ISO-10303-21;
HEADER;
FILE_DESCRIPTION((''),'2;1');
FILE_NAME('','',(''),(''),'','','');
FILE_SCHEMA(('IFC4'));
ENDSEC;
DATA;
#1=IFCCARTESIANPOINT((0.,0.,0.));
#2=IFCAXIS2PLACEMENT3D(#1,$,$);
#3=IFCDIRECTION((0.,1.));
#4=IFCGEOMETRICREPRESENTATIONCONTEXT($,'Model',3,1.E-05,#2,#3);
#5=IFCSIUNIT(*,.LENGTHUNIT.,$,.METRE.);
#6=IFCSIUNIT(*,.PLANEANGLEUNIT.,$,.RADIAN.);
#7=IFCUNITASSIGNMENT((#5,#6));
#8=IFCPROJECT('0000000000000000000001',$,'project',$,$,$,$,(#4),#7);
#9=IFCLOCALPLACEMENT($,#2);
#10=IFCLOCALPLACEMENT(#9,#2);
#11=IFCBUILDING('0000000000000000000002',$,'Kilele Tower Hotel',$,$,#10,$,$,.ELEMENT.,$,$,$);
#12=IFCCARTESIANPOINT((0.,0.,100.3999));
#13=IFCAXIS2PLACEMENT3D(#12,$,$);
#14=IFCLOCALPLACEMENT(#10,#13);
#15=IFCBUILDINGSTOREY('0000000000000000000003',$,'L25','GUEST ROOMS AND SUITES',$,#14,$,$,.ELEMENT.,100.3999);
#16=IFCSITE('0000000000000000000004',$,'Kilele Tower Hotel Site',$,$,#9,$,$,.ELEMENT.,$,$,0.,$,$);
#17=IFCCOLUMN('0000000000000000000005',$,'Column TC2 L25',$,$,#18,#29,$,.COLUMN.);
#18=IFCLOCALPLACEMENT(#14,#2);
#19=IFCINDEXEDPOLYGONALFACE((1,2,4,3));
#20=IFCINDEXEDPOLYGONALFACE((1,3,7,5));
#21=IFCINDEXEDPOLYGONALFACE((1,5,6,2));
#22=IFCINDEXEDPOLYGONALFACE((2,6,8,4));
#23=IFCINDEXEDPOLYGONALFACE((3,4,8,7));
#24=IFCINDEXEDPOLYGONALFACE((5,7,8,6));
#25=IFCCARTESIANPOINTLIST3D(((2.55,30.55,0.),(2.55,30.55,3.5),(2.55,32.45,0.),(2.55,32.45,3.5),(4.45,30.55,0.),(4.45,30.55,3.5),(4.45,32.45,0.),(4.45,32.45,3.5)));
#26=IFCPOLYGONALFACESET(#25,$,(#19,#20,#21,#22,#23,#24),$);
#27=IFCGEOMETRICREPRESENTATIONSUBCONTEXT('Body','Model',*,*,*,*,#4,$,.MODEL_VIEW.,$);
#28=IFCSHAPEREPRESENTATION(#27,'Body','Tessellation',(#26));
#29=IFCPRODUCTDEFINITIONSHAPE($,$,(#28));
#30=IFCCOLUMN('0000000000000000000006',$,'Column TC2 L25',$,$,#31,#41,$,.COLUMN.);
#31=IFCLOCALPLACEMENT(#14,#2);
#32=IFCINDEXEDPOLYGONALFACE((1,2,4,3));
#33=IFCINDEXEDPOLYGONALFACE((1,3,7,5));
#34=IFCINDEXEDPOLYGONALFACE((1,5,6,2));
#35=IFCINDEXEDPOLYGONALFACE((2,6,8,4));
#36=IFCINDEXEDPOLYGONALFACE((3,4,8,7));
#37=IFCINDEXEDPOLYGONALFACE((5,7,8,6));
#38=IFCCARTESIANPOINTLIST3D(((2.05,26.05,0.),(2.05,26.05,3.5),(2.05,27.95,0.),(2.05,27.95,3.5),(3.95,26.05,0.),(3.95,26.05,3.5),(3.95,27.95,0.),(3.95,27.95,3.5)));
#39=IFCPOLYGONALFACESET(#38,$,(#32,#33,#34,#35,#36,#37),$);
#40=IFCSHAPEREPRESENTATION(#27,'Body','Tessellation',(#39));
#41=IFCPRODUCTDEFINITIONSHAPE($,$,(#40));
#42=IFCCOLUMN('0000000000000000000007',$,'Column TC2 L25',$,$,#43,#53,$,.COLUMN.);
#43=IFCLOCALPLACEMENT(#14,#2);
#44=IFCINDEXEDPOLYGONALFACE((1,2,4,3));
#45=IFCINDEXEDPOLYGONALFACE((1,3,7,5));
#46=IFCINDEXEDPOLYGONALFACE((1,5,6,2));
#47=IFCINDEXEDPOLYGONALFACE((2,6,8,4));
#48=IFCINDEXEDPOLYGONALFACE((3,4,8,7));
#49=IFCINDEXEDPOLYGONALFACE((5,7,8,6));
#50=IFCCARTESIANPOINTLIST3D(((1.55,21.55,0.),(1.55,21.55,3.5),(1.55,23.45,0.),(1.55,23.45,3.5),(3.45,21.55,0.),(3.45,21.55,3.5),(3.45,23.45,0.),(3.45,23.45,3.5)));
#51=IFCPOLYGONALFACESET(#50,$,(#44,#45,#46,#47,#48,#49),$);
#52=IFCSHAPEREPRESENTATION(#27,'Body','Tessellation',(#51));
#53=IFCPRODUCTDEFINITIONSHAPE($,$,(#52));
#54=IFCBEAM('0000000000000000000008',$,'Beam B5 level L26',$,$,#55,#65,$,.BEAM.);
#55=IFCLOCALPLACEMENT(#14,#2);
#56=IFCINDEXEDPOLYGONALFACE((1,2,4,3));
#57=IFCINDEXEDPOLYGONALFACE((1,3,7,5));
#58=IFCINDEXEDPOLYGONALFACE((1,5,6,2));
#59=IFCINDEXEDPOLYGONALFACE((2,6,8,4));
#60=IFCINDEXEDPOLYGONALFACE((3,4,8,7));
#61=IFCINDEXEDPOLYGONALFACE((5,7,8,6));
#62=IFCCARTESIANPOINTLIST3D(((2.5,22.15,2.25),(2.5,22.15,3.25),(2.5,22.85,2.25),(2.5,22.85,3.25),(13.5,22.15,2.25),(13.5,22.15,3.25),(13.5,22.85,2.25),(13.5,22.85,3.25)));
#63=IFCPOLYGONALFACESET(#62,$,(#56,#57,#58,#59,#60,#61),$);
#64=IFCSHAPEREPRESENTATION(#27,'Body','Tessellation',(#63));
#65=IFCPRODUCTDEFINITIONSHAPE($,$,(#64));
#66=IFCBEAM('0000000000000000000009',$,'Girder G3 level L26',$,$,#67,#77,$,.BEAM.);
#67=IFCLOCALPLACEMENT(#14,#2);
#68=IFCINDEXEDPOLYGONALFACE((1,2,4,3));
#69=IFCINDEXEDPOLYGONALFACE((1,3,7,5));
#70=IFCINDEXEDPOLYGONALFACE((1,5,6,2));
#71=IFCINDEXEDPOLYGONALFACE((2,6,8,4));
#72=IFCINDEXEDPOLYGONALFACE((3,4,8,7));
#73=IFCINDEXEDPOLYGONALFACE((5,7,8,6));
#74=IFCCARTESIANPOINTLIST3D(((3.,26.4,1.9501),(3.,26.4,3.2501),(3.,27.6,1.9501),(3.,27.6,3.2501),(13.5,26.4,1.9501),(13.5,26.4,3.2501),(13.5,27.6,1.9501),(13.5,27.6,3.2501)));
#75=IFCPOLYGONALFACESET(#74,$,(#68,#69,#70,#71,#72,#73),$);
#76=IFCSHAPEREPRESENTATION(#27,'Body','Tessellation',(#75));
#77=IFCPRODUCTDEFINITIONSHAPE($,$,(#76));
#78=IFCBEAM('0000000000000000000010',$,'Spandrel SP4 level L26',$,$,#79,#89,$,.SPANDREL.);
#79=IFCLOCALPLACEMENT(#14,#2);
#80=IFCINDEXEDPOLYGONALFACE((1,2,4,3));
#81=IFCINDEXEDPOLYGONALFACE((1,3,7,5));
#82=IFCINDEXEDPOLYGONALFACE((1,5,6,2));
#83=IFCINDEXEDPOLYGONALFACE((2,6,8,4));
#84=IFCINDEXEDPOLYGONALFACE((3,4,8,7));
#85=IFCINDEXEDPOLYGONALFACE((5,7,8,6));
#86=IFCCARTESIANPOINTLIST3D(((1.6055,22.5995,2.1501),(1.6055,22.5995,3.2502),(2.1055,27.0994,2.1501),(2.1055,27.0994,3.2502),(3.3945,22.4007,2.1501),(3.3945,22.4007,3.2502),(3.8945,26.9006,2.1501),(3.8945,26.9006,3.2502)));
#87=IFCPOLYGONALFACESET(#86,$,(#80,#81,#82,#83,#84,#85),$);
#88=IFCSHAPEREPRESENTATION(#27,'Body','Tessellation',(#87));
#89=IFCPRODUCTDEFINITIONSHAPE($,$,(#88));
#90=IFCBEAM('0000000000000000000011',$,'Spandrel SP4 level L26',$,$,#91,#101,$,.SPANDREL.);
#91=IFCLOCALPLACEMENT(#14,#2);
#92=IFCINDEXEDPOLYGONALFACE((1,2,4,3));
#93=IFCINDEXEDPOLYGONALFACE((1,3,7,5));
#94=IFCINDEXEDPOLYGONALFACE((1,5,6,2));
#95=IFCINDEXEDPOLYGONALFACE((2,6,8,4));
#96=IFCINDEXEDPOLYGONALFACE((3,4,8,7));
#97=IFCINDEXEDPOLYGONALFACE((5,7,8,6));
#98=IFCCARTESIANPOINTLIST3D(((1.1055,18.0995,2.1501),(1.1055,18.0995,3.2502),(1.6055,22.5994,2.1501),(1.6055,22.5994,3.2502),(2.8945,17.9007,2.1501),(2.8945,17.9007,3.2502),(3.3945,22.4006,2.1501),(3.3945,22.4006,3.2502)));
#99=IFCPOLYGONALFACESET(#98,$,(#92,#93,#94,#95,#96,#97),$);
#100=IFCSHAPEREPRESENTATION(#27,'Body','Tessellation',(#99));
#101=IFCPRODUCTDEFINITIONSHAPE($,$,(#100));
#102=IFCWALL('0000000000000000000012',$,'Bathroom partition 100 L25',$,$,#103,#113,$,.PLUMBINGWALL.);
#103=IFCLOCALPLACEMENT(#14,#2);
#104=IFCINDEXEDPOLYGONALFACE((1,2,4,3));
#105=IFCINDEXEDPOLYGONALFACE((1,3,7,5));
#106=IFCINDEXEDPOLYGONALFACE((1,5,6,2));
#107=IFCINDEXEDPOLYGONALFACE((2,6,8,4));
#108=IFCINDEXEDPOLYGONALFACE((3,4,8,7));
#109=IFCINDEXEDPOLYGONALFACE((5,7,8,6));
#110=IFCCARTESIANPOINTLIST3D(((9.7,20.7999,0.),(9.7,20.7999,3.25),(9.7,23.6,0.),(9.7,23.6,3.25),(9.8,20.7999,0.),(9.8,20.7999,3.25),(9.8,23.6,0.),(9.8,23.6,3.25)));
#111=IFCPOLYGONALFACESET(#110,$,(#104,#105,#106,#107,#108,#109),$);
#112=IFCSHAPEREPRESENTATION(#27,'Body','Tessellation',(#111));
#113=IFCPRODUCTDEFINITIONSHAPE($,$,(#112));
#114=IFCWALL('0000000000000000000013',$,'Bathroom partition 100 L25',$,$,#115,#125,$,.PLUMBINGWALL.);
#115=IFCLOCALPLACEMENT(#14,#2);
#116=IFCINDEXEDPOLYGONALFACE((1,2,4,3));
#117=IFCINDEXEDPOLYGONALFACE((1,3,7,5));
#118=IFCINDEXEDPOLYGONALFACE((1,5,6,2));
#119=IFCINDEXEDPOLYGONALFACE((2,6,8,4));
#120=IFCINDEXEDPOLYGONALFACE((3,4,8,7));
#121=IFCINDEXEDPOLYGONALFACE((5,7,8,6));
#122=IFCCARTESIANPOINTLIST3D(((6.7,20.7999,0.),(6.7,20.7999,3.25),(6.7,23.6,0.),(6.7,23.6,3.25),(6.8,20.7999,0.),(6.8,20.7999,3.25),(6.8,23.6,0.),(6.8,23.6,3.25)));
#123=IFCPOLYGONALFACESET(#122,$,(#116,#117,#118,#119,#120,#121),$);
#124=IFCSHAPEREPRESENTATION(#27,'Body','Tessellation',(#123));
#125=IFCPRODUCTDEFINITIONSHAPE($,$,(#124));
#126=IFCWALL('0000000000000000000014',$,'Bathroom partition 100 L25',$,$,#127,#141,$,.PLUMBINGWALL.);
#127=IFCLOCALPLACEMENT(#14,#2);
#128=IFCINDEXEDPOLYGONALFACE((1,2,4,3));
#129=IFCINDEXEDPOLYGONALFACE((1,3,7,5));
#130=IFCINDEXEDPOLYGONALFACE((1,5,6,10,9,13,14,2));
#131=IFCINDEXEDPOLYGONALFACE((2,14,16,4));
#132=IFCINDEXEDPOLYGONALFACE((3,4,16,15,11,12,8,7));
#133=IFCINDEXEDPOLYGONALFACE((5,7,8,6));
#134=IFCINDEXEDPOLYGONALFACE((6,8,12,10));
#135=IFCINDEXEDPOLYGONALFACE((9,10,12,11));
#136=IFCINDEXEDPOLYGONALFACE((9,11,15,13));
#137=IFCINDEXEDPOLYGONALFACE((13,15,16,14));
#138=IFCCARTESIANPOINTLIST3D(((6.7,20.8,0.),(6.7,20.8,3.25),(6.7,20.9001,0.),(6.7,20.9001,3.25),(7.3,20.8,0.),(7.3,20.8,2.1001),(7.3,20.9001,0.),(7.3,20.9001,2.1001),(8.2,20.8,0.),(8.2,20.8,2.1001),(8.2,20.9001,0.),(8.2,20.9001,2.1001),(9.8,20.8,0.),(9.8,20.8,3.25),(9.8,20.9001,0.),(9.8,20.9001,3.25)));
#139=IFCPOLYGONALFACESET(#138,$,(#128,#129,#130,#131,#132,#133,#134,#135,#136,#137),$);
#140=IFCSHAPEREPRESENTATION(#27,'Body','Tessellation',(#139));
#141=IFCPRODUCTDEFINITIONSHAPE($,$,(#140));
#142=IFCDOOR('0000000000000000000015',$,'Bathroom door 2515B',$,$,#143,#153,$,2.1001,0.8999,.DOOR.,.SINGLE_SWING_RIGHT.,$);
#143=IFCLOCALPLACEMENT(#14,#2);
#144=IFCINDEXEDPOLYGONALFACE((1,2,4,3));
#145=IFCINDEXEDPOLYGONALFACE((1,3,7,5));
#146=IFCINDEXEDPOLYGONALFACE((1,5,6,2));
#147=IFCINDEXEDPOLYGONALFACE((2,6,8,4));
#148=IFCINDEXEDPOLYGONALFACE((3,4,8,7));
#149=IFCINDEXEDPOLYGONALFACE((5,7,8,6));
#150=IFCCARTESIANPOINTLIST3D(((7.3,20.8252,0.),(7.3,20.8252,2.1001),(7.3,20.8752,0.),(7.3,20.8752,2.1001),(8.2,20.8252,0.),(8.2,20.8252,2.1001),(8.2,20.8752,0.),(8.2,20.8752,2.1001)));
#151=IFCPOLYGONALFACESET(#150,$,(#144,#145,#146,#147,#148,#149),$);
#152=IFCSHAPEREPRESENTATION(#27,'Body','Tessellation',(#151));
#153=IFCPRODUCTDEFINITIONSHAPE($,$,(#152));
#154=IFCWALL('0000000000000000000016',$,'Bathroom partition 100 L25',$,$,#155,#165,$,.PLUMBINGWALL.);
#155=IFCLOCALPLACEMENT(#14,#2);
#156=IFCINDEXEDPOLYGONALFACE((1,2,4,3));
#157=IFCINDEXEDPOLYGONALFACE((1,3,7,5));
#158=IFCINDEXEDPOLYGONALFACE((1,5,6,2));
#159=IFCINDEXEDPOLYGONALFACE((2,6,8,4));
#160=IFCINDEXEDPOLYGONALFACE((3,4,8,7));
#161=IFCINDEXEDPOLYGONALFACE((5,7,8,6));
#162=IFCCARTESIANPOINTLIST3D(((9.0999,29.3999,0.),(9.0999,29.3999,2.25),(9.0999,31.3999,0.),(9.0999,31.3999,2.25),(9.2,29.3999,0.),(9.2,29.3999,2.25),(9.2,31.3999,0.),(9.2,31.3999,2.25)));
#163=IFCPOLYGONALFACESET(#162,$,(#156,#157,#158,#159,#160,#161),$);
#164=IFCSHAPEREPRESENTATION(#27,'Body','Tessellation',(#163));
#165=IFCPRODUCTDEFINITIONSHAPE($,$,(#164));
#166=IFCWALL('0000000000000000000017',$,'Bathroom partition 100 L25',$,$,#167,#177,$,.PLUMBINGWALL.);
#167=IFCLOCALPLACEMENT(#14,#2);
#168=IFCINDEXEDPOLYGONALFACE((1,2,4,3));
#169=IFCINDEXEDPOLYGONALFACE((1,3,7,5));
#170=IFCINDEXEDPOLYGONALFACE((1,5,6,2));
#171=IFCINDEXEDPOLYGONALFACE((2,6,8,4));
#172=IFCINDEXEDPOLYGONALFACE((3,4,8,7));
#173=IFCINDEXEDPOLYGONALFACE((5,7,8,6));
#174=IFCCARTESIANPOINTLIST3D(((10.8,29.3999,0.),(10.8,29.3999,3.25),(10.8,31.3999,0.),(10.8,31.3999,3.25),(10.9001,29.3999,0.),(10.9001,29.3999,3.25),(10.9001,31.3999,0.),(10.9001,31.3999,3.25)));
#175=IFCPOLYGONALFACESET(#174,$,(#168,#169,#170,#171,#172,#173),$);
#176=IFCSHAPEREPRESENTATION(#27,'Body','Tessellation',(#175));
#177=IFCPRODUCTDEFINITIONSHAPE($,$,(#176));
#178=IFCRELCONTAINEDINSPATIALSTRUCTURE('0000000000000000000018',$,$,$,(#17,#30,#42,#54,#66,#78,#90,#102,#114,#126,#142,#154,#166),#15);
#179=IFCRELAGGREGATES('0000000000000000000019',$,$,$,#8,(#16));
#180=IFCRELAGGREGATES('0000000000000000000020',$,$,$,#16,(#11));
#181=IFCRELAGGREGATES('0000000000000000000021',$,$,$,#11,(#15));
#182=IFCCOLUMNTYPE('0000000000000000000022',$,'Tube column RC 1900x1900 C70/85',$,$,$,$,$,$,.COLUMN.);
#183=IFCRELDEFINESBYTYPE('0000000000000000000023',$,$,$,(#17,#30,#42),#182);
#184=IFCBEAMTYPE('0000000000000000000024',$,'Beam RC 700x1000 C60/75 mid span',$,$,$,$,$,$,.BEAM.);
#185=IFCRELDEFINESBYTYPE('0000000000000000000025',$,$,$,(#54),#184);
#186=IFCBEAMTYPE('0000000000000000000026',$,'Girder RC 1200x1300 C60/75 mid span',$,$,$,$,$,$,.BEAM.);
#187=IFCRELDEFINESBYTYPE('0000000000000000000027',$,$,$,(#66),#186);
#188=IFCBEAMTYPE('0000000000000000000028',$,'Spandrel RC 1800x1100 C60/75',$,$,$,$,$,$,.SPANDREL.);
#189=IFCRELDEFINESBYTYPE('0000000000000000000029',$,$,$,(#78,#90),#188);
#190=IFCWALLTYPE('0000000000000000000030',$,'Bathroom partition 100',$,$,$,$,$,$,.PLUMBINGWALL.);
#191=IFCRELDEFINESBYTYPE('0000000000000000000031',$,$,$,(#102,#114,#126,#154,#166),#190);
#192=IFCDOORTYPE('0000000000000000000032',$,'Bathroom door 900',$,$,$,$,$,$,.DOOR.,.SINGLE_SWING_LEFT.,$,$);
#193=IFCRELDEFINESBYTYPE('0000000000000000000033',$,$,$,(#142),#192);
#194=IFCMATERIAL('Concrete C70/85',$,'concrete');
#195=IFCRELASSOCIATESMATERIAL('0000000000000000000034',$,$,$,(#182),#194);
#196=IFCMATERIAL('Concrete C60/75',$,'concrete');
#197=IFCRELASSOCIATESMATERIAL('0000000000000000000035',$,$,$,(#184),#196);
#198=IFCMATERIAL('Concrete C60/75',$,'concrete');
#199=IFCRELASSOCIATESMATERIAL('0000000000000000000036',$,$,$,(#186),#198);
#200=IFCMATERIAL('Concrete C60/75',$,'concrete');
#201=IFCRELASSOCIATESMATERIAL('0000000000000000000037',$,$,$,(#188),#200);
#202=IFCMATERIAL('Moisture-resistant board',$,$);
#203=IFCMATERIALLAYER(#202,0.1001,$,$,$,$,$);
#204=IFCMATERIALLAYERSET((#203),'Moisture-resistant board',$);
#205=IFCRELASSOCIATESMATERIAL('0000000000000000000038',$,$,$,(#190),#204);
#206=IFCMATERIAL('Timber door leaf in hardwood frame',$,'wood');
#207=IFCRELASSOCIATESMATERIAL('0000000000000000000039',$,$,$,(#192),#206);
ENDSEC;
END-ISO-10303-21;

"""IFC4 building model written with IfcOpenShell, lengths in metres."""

from ifc_helpers import new_model, si_unit, direction, frame, frame_2d, origin, origin_2d, place, context, subcontext, project, spatial, rectangle, extrude, material, layer, layer_set, material_profile, profile_set, type_object, element, fill, save


model = new_model("IFC4")

# Units and contexts
model_context = context("Model", 3, precision=1e-05, world=origin(), true_north=direction((0.0, 1.0)))
body_context = subcontext(model_context, "Body", "Model", "MODEL_VIEW")
ifc_project = project(units=[si_unit("LENGTHUNIT", "METRE"), si_unit("PLANEANGLEUNIT", "RADIAN")], contexts=[model_context])

# Site, building, storey
site_placement = place(None, origin())
site = spatial("IfcSite", under=ifc_project, at=site_placement, Name="Kilele Tower Hotel Site", CompositionType="ELEMENT", RefElevation=0.0)
building_placement = place(site_placement, origin())
building = spatial("IfcBuilding", under=site, at=building_placement, Name="Kilele Tower Hotel", CompositionType="ELEMENT")
storey_placement = place(building_placement, frame((0.0, 0.0, 100.3999)))
storey = spatial("IfcBuildingStorey", under=building, at=storey_placement, Name="L25", Description="GUEST ROOMS AND SUITES", CompositionType="ELEMENT", Elevation=100.3999)

# Columns
ifc_material_1 = material(Name="Concrete C70/85", Category="concrete")
ifc_material_profile_1 = material_profile(ifc_material_1, rectangle(XDim=1.8999, YDim=1.8999, at=origin_2d()))
ifc_profile_set_1 = profile_set([ifc_material_profile_1], Name="Concrete C70/85")
column_type = type_object("IfcColumnType", Name="Tube column RC 1900x1900 C70/85", PredefinedType="COLUMN", material=ifc_profile_set_1)
for number, where, z_axis, x_axis, name in (
    (1, (3.5, 31.5, 0.0), (0.0, 0.0, 1.0), (1.0, 0.0, 0.0), "Column TC2 L25"),
    (2, (3.0, 27.0, 0.0), (0.0, 0.0, 1.0), (1.0, 0.0, 0.0), "Column TC2 L25"),
    (3, (2.5, 22.5, 0.0), (0.0, 0.0, 1.0), (1.0, 0.0, 0.0), "Column TC2 L25"),
):
    element("IfcColumn", number, at=place(storey_placement, frame(where, z_axis=z_axis, x_axis=x_axis)), inside=storey, type_object=column_type, Name=name, PredefinedType="COLUMN", context=body_context, shape_type="SweptSolid", body=[
        extrude(rectangle(XDim=1.8999, YDim=1.8999, at=origin_2d()), origin(), (0.0, 0.0, 1.0), 3.5),
    ])

# Beams
ifc_material_2 = material(Name="Concrete C60/75", Category="concrete")
ifc_material_profile_2 = material_profile(ifc_material_2, rectangle(XDim=0.7, YDim=1.0, at=origin_2d()))
ifc_profile_set_2 = profile_set([ifc_material_profile_2], Name="Concrete C60/75")
beam_type_1 = type_object("IfcBeamType", Name="Beam RC 700x1000 C60/75 mid span", PredefinedType="BEAM", material=ifc_profile_set_2)
beam_1_placement = place(storey_placement, frame((2.5, 22.5, 2.75), z_axis=(1.0, 0.0, 0.0), x_axis=(0.0, 1.0, 0.0)))
element("IfcBeam", 4, at=beam_1_placement, inside=storey, type_object=beam_type_1, Name="Beam B5 level L26", PredefinedType="BEAM", context=body_context, shape_type="SweptSolid", body=[
    extrude(rectangle(XDim=0.7, YDim=1.0, at=origin_2d()), origin(), (0.0, 0.0, 1.0), 11.0),
])
ifc_material_3 = material(Name="Concrete C60/75", Category="concrete")
ifc_material_profile_3 = material_profile(ifc_material_3, rectangle(XDim=1.2, YDim=1.3, at=origin_2d()))
ifc_profile_set_3 = profile_set([ifc_material_profile_3], Name="Concrete C60/75")
beam_type_2 = type_object("IfcBeamType", Name="Girder RC 1200x1300 C60/75 mid span", PredefinedType="BEAM", material=ifc_profile_set_3)
beam_2_placement = place(storey_placement, frame((3.0, 27.0, 2.6001), z_axis=(1.0, 0.0, 0.0), x_axis=(0.0, 1.0, 0.0)))
element("IfcBeam", 5, at=beam_2_placement, inside=storey, type_object=beam_type_2, Name="Girder G3 level L26", PredefinedType="BEAM", context=body_context, shape_type="SweptSolid", body=[
    extrude(rectangle(XDim=1.2, YDim=1.3, at=origin_2d()), origin(), (0.0, 0.0, 1.0), 10.5),
])
ifc_material_4 = material(Name="Concrete C60/75", Category="concrete")
ifc_material_profile_4 = material_profile(ifc_material_4, rectangle(XDim=1.8, YDim=1.1001, at=origin_2d()))
ifc_profile_set_4 = profile_set([ifc_material_profile_4], Name="Concrete C60/75")
beam_type_3 = type_object("IfcBeamType", Name="Spandrel RC 1800x1100 C60/75", PredefinedType="SPANDREL", material=ifc_profile_set_4)
for number, where, z_axis, x_axis, name in (
    (6, (3.0, 27.0, 2.7002), (-0.110432, -0.993884, 0.0), (0.993884, -0.110432, 0.0), "Spandrel SP4 level L26"),
    (7, (2.5, 22.5, 2.7002), (-0.110432, -0.993884, 0.0), (0.993884, -0.110432, 0.0), "Spandrel SP4 level L26"),
):
    element("IfcBeam", number, at=place(storey_placement, frame(where, z_axis=z_axis, x_axis=x_axis)), inside=storey, type_object=beam_type_3, Name=name, PredefinedType="SPANDREL", context=body_context, shape_type="SweptSolid", body=[
        extrude(rectangle(XDim=1.8, YDim=1.1001, at=origin_2d()), origin(), (0.0, 0.0, 1.0), 4.5276),
    ])

# Walls
ifc_material_5 = material(Name="Moisture-resistant board")
ifc_layer_1 = layer(ifc_material_5, 0.1001)
ifc_layer_set_1 = layer_set([ifc_layer_1], Name="Moisture-resistant board")
wall_type_1 = type_object("IfcWallType", Name="Bathroom partition 100", PredefinedType="PLUMBINGWALL", material=ifc_layer_set_1)
for number, where, z_axis, x_axis, name in (
    (8, (9.75, 20.8, 0.0), (0.0, 0.0, 1.0), (0.0, 1.0, 0.0), "Bathroom partition 100 L25"),
    (9, (6.75, 20.8, 0.0), (0.0, 0.0, 1.0), (0.0, 1.0, 0.0), "Bathroom partition 100 L25"),
):
    element("IfcWall", number, at=place(storey_placement, frame(where, z_axis=z_axis, x_axis=x_axis)), inside=storey, type_object=wall_type_1, Name=name, PredefinedType="PLUMBINGWALL", context=body_context, shape_type="SweptSolid", body=[
        extrude(rectangle(XDim=2.8, YDim=0.1001, at=frame_2d((1.3999, 0.0))), origin(), (0.0, 0.0, 1.0), 3.25),
    ])

# Wall, opening, door
wall_1_placement = place(storey_placement, frame((9.8, 20.8501, 0.0), z_axis=(0.0, 0.0, 1.0), x_axis=(-1.0, 0.0, 0.0)))
wall_1 = element("IfcWall", 10, at=wall_1_placement, inside=storey, type_object=wall_type_1, Name="Bathroom partition 100 L25", PredefinedType="PLUMBINGWALL", context=body_context, shape_type="SweptSolid", body=[
    extrude(rectangle(XDim=3.1001, YDim=0.1001, at=frame_2d((1.55, 0.0))), origin(), (0.0, 0.0, 1.0), 3.25),
])
opening_1_placement = place(wall_1_placement, frame((1.6001, 0.0, 0.0)))
opening_1 = element("IfcOpeningElement", 11, at=opening_1_placement, cuts=wall_1, PredefinedType="OPENING", context=body_context, shape_type="SweptSolid", body=[
    extrude(rectangle(XDim=0.8999, YDim=2.1001, at=frame_2d((0.45, 1.05))), frame((0.0, 0.0601, 0.0), z_axis=(0.0, -1.0, 0.0), x_axis=(1.0, 0.0, 0.0)), (0.0, 0.0, 1.0), 0.1201),
])
ifc_material_6 = material(Name="Timber door leaf in hardwood frame", Category="wood")
door_type_1 = type_object("IfcDoorType", Name="Bathroom door 900", OperationType="SINGLE_SWING_LEFT", PredefinedType="DOOR", material=ifc_material_6)
door_1_placement = place(opening_1_placement, origin())
door_1 = element("IfcDoor", 12, at=door_1_placement, inside=storey, type_object=door_type_1, Name="Bathroom door 2515B", OperationType="SINGLE_SWING_RIGHT", OverallHeight=2.1001, OverallWidth=0.8999, PredefinedType="DOOR", context=body_context, shape_type="SweptSolid", body=[
    extrude(rectangle(XDim=0.8999, YDim=2.1001, at=frame_2d((0.45, 1.05))), frame((0.0, 0.0249, 0.0), z_axis=(0.0, -1.0, 0.0), x_axis=(1.0, 0.0, 0.0)), (0.0, 0.0, 1.0), 0.05),
])
fill(opening_1, door_1)

# Walls
wall_2_placement = place(storey_placement, frame((9.1499, 31.3999, 0.0), z_axis=(0.0, 0.0, 1.0), x_axis=(0.0, -1.0, 0.0)))
element("IfcWall", 13, at=wall_2_placement, inside=storey, type_object=wall_type_1, Name="Bathroom partition 100 L25", PredefinedType="PLUMBINGWALL", context=body_context, shape_type="SweptSolid", body=[
    extrude(rectangle(XDim=2.0, YDim=0.1001, at=frame_2d((1.0, 0.0))), origin(), (0.0, 0.0, 1.0), 2.25),
])
wall_3_placement = place(storey_placement, frame((10.8501, 31.3999, 0.0), z_axis=(0.0, 0.0, 1.0), x_axis=(0.0, -1.0, 0.0)))
element("IfcWall", 14, at=wall_3_placement, inside=storey, type_object=wall_type_1, Name="Bathroom partition 100 L25", PredefinedType="PLUMBINGWALL", context=body_context, shape_type="SweptSolid", body=[
    extrude(rectangle(XDim=2.0, YDim=0.1001, at=frame_2d((1.0, 0.0))), origin(), (0.0, 0.0, 1.0), 3.25),
])

save(model, "model.ifc")
